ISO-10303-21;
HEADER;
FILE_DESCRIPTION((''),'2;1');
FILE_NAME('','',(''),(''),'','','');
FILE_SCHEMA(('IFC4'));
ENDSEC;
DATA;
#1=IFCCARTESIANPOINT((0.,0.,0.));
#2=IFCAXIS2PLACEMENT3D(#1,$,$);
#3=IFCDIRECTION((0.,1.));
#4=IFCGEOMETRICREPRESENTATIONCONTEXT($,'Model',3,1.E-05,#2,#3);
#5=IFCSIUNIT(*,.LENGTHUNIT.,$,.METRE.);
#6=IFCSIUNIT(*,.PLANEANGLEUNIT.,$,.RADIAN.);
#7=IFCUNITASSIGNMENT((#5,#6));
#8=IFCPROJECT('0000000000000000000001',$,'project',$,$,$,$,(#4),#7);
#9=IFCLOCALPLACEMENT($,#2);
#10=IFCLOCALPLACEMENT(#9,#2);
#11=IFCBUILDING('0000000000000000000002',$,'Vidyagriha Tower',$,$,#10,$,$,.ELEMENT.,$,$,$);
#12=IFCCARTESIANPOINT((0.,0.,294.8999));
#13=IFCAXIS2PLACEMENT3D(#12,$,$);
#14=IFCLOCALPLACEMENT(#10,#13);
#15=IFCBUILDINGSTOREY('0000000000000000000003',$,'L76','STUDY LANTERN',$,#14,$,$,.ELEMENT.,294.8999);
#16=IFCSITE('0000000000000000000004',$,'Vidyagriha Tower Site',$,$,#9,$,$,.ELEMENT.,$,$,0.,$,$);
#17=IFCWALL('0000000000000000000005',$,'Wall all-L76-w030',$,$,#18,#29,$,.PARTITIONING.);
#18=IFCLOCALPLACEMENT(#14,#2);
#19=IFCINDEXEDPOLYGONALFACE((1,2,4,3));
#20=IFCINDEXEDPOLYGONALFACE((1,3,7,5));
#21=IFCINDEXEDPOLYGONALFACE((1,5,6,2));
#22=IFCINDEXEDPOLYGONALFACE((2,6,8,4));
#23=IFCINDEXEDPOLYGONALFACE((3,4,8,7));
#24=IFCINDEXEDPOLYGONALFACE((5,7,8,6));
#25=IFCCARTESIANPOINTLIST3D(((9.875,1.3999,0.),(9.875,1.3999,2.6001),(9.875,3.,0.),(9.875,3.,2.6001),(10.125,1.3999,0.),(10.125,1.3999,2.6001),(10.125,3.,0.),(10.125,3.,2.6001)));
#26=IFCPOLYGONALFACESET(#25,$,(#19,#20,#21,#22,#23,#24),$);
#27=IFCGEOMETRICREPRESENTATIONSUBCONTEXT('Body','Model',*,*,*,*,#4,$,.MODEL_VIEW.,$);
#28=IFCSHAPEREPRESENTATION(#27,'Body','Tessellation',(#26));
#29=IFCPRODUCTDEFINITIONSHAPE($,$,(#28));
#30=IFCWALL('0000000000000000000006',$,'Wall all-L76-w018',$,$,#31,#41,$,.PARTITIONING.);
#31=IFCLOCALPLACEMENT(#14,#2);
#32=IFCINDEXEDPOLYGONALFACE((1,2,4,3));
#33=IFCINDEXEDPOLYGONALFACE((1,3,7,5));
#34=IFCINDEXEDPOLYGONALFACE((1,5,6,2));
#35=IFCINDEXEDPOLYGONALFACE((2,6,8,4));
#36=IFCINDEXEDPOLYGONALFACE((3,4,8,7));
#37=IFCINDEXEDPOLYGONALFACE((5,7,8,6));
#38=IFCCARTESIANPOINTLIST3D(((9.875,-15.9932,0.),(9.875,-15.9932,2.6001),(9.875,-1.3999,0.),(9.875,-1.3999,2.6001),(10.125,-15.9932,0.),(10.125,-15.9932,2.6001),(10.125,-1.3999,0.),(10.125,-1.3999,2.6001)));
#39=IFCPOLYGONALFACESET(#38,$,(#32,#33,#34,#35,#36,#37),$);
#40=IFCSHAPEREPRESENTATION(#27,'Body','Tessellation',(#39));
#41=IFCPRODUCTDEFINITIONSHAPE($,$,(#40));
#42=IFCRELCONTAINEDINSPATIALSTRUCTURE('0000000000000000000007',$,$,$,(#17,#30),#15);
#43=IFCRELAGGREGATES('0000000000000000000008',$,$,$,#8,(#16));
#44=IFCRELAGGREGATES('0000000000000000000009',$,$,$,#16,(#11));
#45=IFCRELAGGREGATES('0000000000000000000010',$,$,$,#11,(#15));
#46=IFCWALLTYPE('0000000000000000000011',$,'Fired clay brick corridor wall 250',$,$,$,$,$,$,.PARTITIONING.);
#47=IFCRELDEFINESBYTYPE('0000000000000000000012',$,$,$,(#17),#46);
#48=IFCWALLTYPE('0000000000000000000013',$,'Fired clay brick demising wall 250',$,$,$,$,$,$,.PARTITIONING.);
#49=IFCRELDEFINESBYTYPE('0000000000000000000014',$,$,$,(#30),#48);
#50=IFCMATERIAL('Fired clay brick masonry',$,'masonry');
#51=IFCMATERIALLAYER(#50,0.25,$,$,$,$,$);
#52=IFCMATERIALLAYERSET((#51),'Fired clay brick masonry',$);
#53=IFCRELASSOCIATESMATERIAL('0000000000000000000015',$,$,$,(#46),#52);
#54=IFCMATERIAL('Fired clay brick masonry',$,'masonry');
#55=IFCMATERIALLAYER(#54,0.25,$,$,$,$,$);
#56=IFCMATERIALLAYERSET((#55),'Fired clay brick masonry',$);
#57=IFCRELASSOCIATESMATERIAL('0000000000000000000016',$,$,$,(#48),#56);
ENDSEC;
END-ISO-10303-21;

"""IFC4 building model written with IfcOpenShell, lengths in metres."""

from ifc_helpers import new_model, si_unit, direction, frame, frame_2d, origin, place, context, subcontext, project, spatial, rectangle, extrude, material, layer, layer_set, type_object, element, save


model = new_model("IFC4")

# Units and contexts
model_context = context("Model", 3, precision=1e-05, world=origin(), true_north=direction((0.0, 1.0)))
body_context = subcontext(model_context, "Body", "Model", "MODEL_VIEW")
ifc_project = project(units=[si_unit("LENGTHUNIT", "METRE"), si_unit("PLANEANGLEUNIT", "RADIAN")], contexts=[model_context])

# Site, building, storey
site_placement = place(None, origin())
site = spatial("IfcSite", under=ifc_project, at=site_placement, Name="Vidyagriha Tower Site", CompositionType="ELEMENT", RefElevation=0.0)
building_placement = place(site_placement, origin())
building = spatial("IfcBuilding", under=site, at=building_placement, Name="Vidyagriha Tower", CompositionType="ELEMENT")
storey_placement = place(building_placement, frame((0.0, 0.0, 294.8999)))
storey = spatial("IfcBuildingStorey", under=building, at=storey_placement, Name="L76", Description="STUDY LANTERN", CompositionType="ELEMENT", Elevation=294.8999)

# Shared definitions
ifc_material_1 = material(Name="Fired clay brick masonry", Category="masonry")
ifc_layer_1 = layer(ifc_material_1, 0.25)
ifc_layer_set_1 = layer_set([ifc_layer_1], Name="Fired clay brick masonry")
wall_type_1 = type_object("IfcWallType", Name="Fired clay brick corridor wall 250", PredefinedType="PARTITIONING", material=ifc_layer_set_1)

# Walls
wall_1_placement = place(storey_placement, frame((10.0, 1.3999, 0.0), z_axis=(0.0, 0.0, 1.0), x_axis=(0.0, 1.0, 0.0)))
element("IfcWall", 1, at=wall_1_placement, inside=storey, type_object=wall_type_1, Name="Wall all-L76-w030", PredefinedType="PARTITIONING", context=body_context, shape_type="SweptSolid", body=[
    extrude(rectangle(XDim=1.6001, YDim=0.25, at=frame_2d((0.8, 0.0))), origin(), (0.0, 0.0, 1.0), 2.6001),
])
ifc_material_2 = material(Name="Fired clay brick masonry", Category="masonry")
ifc_layer_2 = layer(ifc_material_2, 0.25)
ifc_layer_set_2 = layer_set([ifc_layer_2], Name="Fired clay brick masonry")
wall_type_2 = type_object("IfcWallType", Name="Fired clay brick demising wall 250", PredefinedType="PARTITIONING", material=ifc_layer_set_2)
wall_2_placement = place(storey_placement, frame((10.0, -1.3999, 0.0), z_axis=(0.0, 0.0, 1.0), x_axis=(0.0, -1.0, 0.0)))
element("IfcWall", 2, at=wall_2_placement, inside=storey, type_object=wall_type_2, Name="Wall all-L76-w018", PredefinedType="PARTITIONING", context=body_context, shape_type="SweptSolid", body=[
    extrude(rectangle(XDim=14.5933, YDim=0.25, at=frame_2d((7.2966, 0.0))), origin(), (0.0, 0.0, 1.0), 2.6001),
])

save(model, "model.ifc")
